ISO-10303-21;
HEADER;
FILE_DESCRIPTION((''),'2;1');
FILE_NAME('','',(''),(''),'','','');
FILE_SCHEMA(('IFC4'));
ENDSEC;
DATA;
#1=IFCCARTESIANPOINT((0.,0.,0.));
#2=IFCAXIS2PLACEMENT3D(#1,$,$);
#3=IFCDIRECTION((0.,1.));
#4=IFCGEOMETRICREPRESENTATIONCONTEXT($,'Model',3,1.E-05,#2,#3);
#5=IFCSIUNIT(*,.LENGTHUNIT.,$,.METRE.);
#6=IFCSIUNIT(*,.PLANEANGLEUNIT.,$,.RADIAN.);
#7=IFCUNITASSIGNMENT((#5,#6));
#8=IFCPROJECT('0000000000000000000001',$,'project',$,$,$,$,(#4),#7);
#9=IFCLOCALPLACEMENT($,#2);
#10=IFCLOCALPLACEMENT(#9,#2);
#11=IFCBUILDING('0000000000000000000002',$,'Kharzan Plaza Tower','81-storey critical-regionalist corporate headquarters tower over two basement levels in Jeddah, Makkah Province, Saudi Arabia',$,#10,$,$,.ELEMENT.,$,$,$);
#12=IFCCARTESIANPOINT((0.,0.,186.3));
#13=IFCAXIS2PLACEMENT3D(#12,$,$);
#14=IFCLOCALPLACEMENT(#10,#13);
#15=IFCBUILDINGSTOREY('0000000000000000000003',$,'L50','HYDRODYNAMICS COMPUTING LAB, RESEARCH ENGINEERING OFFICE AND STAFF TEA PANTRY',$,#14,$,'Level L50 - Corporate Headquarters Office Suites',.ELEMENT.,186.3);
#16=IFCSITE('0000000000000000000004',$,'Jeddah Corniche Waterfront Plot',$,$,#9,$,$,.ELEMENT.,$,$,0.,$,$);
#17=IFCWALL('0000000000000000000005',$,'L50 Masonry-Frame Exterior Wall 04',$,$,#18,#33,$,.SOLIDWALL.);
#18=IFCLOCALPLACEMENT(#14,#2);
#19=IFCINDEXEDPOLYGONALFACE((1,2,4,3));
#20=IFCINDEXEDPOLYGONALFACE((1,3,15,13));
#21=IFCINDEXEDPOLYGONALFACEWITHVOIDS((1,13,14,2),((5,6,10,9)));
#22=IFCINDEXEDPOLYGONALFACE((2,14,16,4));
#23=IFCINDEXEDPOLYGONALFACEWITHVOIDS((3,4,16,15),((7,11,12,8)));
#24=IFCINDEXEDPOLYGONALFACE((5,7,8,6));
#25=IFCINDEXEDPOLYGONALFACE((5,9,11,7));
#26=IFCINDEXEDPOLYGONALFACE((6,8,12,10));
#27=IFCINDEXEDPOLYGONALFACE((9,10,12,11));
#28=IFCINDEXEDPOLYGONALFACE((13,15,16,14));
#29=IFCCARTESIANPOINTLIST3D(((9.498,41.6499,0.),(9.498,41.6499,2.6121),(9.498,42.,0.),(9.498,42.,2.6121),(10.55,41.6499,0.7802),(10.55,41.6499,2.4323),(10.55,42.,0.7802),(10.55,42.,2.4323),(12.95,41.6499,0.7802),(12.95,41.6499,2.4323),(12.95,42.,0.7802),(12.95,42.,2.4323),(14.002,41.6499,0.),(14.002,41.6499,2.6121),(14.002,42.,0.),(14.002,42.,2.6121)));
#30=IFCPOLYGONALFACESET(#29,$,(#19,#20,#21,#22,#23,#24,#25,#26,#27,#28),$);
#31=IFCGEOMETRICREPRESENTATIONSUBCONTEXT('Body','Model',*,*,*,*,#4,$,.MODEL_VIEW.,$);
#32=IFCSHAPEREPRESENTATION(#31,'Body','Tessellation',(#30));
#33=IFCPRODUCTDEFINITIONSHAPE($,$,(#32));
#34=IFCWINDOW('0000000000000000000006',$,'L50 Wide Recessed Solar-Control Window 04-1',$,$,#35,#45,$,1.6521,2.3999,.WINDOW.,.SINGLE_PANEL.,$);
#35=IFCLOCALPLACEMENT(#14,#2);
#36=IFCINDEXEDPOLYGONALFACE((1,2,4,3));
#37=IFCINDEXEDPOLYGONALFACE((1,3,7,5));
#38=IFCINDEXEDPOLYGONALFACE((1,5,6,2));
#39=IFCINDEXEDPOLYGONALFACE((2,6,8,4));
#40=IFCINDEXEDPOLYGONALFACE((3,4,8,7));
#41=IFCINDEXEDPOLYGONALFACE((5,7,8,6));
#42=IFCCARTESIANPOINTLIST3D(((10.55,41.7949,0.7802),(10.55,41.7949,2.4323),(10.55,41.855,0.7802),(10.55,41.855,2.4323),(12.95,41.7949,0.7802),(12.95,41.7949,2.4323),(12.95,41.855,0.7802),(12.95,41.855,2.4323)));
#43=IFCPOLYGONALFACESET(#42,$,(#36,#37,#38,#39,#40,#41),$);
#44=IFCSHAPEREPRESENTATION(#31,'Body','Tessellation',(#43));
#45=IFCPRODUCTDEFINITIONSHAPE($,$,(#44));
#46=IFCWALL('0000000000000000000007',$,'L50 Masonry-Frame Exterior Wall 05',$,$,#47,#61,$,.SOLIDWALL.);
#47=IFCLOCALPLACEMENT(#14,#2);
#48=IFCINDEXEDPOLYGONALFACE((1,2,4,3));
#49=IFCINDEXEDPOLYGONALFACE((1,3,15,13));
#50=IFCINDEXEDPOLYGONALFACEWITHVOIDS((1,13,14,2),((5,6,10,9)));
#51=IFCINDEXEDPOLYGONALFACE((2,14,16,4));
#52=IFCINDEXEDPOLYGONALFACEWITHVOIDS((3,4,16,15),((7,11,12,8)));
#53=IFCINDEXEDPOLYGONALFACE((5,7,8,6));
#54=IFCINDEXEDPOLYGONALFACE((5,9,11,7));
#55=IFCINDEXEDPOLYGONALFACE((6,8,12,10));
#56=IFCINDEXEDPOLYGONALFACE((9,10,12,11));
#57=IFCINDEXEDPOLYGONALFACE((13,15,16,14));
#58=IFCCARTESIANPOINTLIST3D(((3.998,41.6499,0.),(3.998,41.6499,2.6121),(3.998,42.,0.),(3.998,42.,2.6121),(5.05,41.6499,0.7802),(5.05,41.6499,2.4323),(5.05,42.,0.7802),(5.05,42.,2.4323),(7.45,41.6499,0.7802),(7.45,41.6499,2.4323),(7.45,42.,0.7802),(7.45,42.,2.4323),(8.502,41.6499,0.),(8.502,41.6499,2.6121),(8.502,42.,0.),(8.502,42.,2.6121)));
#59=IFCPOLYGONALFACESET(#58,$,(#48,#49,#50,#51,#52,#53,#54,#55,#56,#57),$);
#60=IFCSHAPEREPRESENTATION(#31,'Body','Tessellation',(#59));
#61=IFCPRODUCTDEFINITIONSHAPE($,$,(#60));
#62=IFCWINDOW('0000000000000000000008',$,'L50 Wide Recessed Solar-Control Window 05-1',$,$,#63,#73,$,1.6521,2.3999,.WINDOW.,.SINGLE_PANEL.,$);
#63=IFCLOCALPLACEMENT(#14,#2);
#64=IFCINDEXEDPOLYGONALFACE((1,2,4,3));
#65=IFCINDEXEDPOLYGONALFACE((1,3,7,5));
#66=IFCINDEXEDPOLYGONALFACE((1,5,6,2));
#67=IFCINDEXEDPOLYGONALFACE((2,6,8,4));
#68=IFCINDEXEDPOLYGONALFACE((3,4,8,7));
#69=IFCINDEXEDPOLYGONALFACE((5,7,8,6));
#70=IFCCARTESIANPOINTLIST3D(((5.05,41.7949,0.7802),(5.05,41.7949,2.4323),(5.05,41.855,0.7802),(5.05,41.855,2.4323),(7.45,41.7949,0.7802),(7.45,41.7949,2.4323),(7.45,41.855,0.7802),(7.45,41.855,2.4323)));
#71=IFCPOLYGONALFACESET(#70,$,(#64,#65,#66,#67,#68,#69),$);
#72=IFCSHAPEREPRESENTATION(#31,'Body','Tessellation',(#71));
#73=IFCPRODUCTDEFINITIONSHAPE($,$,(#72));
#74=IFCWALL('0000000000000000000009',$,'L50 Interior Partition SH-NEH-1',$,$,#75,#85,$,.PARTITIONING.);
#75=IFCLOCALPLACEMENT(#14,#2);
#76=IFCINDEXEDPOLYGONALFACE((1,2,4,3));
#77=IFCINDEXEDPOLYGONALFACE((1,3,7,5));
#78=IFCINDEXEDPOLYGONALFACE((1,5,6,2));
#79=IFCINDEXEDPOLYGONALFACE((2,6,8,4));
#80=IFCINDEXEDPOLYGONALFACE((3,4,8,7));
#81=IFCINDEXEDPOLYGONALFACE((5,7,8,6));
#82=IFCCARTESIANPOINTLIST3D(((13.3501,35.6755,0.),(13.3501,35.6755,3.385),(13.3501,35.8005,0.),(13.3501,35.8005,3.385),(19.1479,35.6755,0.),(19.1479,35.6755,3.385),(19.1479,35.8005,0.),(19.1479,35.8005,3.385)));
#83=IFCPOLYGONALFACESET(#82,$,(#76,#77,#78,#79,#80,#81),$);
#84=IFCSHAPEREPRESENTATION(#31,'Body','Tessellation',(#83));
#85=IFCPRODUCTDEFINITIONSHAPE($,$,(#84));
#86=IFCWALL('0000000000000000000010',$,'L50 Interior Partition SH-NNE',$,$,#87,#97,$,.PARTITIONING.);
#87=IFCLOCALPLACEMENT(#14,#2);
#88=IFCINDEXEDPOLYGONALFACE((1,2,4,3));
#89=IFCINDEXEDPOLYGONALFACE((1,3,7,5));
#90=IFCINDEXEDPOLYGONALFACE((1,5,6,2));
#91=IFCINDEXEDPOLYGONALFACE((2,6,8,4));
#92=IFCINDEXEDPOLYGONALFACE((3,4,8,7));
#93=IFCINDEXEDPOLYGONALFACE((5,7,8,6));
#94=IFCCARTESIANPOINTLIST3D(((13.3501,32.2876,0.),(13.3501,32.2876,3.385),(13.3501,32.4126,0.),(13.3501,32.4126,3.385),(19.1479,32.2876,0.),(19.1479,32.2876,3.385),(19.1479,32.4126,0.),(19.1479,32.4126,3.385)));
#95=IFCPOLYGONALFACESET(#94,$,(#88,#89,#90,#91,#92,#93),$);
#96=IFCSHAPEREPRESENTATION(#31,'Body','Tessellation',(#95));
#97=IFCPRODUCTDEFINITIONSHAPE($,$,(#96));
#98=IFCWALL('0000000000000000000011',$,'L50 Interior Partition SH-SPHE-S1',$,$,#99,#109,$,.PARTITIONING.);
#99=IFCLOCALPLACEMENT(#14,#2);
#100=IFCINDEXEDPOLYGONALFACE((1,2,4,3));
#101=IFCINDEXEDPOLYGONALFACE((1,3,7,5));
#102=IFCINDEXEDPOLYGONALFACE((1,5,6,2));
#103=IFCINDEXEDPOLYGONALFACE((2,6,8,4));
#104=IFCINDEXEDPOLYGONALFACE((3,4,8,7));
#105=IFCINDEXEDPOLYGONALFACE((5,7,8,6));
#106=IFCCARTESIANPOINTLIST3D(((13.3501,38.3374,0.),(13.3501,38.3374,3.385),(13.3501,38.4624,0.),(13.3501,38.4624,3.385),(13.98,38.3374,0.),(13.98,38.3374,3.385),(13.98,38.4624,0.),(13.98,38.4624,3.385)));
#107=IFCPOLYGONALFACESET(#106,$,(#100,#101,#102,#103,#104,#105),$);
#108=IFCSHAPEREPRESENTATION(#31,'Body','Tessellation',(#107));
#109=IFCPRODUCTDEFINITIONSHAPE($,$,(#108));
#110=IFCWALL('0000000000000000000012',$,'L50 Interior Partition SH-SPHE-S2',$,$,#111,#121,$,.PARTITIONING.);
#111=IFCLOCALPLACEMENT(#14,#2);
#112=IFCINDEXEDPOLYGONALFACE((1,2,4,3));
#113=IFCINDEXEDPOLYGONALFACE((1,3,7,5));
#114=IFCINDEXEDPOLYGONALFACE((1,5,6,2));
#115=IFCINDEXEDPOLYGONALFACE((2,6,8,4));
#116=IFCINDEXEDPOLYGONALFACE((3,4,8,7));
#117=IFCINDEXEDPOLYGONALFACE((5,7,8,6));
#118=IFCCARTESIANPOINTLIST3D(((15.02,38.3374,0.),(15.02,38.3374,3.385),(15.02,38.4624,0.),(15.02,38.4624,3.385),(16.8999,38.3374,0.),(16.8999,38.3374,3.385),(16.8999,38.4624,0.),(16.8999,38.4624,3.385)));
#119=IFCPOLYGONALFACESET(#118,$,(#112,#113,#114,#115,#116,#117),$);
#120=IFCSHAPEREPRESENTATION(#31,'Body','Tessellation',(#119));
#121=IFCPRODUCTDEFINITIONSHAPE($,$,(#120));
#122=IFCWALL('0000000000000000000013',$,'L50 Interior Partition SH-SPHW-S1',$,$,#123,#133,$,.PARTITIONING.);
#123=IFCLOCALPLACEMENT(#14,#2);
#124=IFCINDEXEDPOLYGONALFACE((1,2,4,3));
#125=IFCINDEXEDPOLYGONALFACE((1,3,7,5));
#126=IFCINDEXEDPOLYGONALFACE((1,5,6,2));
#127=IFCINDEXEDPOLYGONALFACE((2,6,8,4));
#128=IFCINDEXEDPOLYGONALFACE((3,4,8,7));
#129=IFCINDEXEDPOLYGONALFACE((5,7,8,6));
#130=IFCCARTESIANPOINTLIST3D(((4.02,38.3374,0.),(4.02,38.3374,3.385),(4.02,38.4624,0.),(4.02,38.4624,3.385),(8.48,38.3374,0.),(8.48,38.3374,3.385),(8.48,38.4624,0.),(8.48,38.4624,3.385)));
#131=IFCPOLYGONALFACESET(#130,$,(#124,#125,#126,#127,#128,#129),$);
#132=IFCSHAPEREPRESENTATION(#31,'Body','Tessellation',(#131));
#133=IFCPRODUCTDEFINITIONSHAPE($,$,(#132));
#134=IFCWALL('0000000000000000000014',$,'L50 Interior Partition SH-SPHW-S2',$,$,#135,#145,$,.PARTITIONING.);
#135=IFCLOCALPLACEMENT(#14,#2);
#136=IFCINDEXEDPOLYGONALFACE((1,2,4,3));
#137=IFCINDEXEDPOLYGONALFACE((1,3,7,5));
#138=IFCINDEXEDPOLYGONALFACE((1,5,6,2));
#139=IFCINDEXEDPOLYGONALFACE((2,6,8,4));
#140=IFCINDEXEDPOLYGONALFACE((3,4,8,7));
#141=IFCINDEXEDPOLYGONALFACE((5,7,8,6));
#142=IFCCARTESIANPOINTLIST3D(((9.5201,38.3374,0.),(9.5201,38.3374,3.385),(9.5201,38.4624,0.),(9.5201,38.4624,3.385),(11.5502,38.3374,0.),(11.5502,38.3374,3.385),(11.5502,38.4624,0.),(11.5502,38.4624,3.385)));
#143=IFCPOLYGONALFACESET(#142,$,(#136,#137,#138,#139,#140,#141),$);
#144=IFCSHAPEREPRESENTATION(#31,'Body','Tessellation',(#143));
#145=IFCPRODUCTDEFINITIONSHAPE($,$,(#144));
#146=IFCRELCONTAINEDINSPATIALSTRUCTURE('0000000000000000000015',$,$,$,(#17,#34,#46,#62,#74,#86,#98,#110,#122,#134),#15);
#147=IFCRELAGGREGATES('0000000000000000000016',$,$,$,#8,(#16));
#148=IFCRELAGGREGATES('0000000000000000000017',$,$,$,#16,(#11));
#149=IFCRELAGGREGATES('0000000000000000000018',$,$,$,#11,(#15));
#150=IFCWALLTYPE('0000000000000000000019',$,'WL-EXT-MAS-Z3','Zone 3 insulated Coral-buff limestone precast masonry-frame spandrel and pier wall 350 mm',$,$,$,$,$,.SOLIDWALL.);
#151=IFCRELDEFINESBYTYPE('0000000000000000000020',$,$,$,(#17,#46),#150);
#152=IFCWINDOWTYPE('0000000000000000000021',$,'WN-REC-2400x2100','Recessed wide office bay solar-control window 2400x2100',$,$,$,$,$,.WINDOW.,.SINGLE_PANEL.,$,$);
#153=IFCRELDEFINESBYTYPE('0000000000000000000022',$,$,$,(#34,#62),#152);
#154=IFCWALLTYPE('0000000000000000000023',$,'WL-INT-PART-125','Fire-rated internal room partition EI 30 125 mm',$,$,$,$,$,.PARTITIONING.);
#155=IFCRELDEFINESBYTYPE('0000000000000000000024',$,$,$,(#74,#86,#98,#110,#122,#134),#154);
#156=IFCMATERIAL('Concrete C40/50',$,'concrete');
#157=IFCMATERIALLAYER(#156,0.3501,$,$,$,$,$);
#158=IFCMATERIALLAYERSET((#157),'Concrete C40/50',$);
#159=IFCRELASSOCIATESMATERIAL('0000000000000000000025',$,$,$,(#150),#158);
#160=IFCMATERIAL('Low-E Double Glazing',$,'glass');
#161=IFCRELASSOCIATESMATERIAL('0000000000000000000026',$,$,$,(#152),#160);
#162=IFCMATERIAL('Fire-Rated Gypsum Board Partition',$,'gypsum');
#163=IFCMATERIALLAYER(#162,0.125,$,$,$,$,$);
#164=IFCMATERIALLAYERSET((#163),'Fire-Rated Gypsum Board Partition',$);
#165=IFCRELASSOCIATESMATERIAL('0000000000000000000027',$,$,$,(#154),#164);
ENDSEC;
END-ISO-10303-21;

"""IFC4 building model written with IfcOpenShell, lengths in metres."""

from ifc_helpers import new_model, si_unit, direction, frame, frame_2d, origin, place, context, subcontext, project, spatial, rectangle, extrude, source, transform, mapped, material, layer, layer_set, type_object, element, fill, save


model = new_model("IFC4")

# Units and contexts
model_context = context("Model", 3, precision=1e-05, world=origin(), true_north=direction((0.0, 1.0)))
body_context = subcontext(model_context, "Body", "Model", "MODEL_VIEW")
ifc_project = project(units=[si_unit("LENGTHUNIT", "METRE"), si_unit("PLANEANGLEUNIT", "RADIAN")], contexts=[model_context])

# Site, building, storey
site_placement = place(None, origin())
site = spatial("IfcSite", under=ifc_project, at=site_placement, Name="Jeddah Corniche Waterfront Plot", CompositionType="ELEMENT", RefElevation=0.0)
building_placement = place(site_placement, origin())
building = spatial("IfcBuilding", under=site, at=building_placement, Name="Kharzan Plaza Tower", Description="81-storey critical-regionalist corporate headquarters tower over two basement levels in Jeddah, Makkah Province, Saudi Arabia", CompositionType="ELEMENT")
storey_placement = place(building_placement, frame((0.0, 0.0, 186.3)))
storey = spatial("IfcBuildingStorey", under=building, at=storey_placement, Name="L50", Description="HYDRODYNAMICS COMPUTING LAB, RESEARCH ENGINEERING OFFICE AND STAFF TEA PANTRY", LongName="Level L50 - Corporate Headquarters Office Suites", CompositionType="ELEMENT", Elevation=186.3)

# Walls, openings, windows
ifc_material_1 = material(Name="Concrete C40/50", Category="concrete")
ifc_layer_1 = layer(ifc_material_1, 0.3501)
ifc_layer_set_1 = layer_set([ifc_layer_1], Name="Concrete C40/50")
wall_type_1 = type_object("IfcWallType", Name="WL-EXT-MAS-Z3", Description="Zone 3 insulated Coral-buff limestone precast masonry-frame spandrel and pier wall 350 mm", PredefinedType="SOLIDWALL", material=ifc_layer_set_1)
wall_1_placement = place(storey_placement, frame((14.002, 41.825, 0.0), z_axis=(0.0, 0.0, 1.0), x_axis=(-1.0, 0.0, 0.0)))
wall_1 = element("IfcWall", 1, at=wall_1_placement, inside=storey, type_object=wall_type_1, Name="L50 Masonry-Frame Exterior Wall 04", PredefinedType="SOLIDWALL", context=body_context, shape_type="SweptSolid", body=[
    extrude(rectangle(XDim=4.5039, YDim=0.3501, at=frame_2d((2.252, 0.0))), origin(), (0.0, 0.0, 1.0), 2.6121),
])
opening_1_placement = place(wall_1_placement, frame((1.052, 0.0, 0.78)))
opening_1 = element("IfcOpeningElement", 2, at=opening_1_placement, cuts=wall_1, PredefinedType="OPENING", context=body_context, shape_type="SweptSolid", body=[
    extrude(rectangle(XDim=2.3999, YDim=1.6521, at=frame_2d((1.2, 0.8262))), frame((0.0, 0.1851, 0.0), z_axis=(0.0, -1.0, 0.0), x_axis=(1.0, 0.0, 0.0)), (0.0, 0.0, 1.0), 0.3701),
])
ifc_material_2 = material(Name="Low-E Double Glazing", Category="glass")
window_type = type_object("IfcWindowType", Name="WN-REC-2400x2100", Description="Recessed wide office bay solar-control window 2400x2100", PartitioningType="SINGLE_PANEL", PredefinedType="WINDOW", material=ifc_material_2)
shared_shape_1 = source(origin(), body_context, "Body", "SweptSolid", [
    extrude(rectangle(XDim=2.3999, YDim=1.6521, at=frame_2d((1.2, 0.8262))), frame((0.0, 0.03, 0.0), z_axis=(0.0, -1.0, 0.0), x_axis=(1.0, 0.0, 0.0)), (0.0, 0.0, 1.0), 0.0601),
])
window_1_placement = place(opening_1_placement, origin())
window_1 = element("IfcWindow", 3, at=window_1_placement, inside=storey, type_object=window_type, Name="L50 Wide Recessed Solar-Control Window 04-1", OverallHeight=1.6521, OverallWidth=2.3999, PartitioningType="SINGLE_PANEL", PredefinedType="WINDOW", context=body_context, shape_type="MappedRepresentation", body=[
    mapped(shared_shape_1, transform((0.0, 0.0, 0.0), x_axis=(1.0, 0.0, 0.0), y_axis=(0.0, 1.0, 0.0), z_axis=(0.0, 0.0, 1.0))),
])
fill(opening_1, window_1)
wall_2_placement = place(storey_placement, frame((8.502, 41.825, 0.0), z_axis=(0.0, 0.0, 1.0), x_axis=(-1.0, 0.0, 0.0)))
wall_2 = element("IfcWall", 4, at=wall_2_placement, inside=storey, type_object=wall_type_1, Name="L50 Masonry-Frame Exterior Wall 05", PredefinedType="SOLIDWALL", context=body_context, shape_type="SweptSolid", body=[
    extrude(rectangle(XDim=4.5039, YDim=0.3501, at=frame_2d((2.252, 0.0))), origin(), (0.0, 0.0, 1.0), 2.6121),
])
opening_2_placement = place(wall_2_placement, frame((1.052, 0.0, 0.78)))
opening_2 = element("IfcOpeningElement", 5, at=opening_2_placement, cuts=wall_2, PredefinedType="OPENING", context=body_context, shape_type="SweptSolid", body=[
    extrude(rectangle(XDim=2.3999, YDim=1.6521, at=frame_2d((1.2, 0.8262))), frame((0.0, 0.1851, 0.0), z_axis=(0.0, -1.0, 0.0), x_axis=(1.0, 0.0, 0.0)), (0.0, 0.0, 1.0), 0.3701),
])
window_2_placement = place(opening_2_placement, origin())
window_2 = element("IfcWindow", 6, at=window_2_placement, inside=storey, type_object=window_type, Name="L50 Wide Recessed Solar-Control Window 05-1", OverallHeight=1.6521, OverallWidth=2.3999, PartitioningType="SINGLE_PANEL", PredefinedType="WINDOW", context=body_context, shape_type="MappedRepresentation", body=[
    mapped(shared_shape_1, transform((0.0, 0.0, 0.0), x_axis=(1.0, 0.0, 0.0), y_axis=(0.0, 1.0, 0.0), z_axis=(0.0, 0.0, 1.0))),
])
fill(opening_2, window_2)

# Shared definitions
ifc_material_3 = material(Name="Fire-Rated Gypsum Board Partition", Category="gypsum")
ifc_layer_2 = layer(ifc_material_3, 0.125)
ifc_layer_set_2 = layer_set([ifc_layer_2], Name="Fire-Rated Gypsum Board Partition")
wall_type_2 = type_object("IfcWallType", Name="WL-INT-PART-125", Description="Fire-rated internal room partition EI 30 125 mm", PredefinedType="PARTITIONING", material=ifc_layer_set_2)

# Walls
shared_shape_2 = source(origin(), body_context, "Body", "SweptSolid", [
    extrude(rectangle(XDim=5.7979, YDim=0.125, at=frame_2d((2.8989, 0.0))), origin(), (0.0, 0.0, 1.0), 3.385),
])
for number, where, z_axis, x_axis, name in (
    (7, (13.3501, 35.738, 0.0), (0.0, 0.0, 1.0), (1.0, 0.0, 0.0), "L50 Interior Partition SH-NEH-1"),
    (8, (13.3501, 32.3501, 0.0), (0.0, 0.0, 1.0), (1.0, 0.0, 0.0), "L50 Interior Partition SH-NNE"),
):
    element("IfcWall", number, at=place(storey_placement, frame(where, z_axis=z_axis, x_axis=x_axis)), inside=storey, type_object=wall_type_2, Name=name, PredefinedType="PARTITIONING", context=body_context, shape_type="MappedRepresentation", body=[
        mapped(shared_shape_2, transform((0.0, 0.0, 0.0), x_axis=(1.0, 0.0, 0.0), y_axis=(0.0, 1.0, 0.0), z_axis=(0.0, 0.0, 1.0))),
    ])
shared_shape_3 = source(origin(), body_context, "Body", "SweptSolid", [
    extrude(rectangle(XDim=0.6299, YDim=0.125, at=frame_2d((0.3149, 0.0))), origin(), (0.0, 0.0, 1.0), 3.385),
])
wall_3_placement = place(storey_placement, frame((13.3501, 38.3999, 0.0), z_axis=(0.0, 0.0, 1.0), x_axis=(1.0, 0.0, 0.0)))
element("IfcWall", 9, at=wall_3_placement, inside=storey, type_object=wall_type_2, Name="L50 Interior Partition SH-SPHE-S1", PredefinedType="PARTITIONING", context=body_context, shape_type="MappedRepresentation", body=[
    mapped(shared_shape_3, transform((0.0, 0.0, 0.0), x_axis=(1.0, 0.0, 0.0), y_axis=(0.0, 1.0, 0.0), z_axis=(0.0, 0.0, 1.0))),
])
shared_shape_4 = source(origin(), body_context, "Body", "SweptSolid", [
    extrude(rectangle(XDim=1.8799, YDim=0.125, at=frame_2d((0.9399, 0.0))), origin(), (0.0, 0.0, 1.0), 3.385),
])
wall_4_placement = place(storey_placement, frame((15.02, 38.3999, 0.0), z_axis=(0.0, 0.0, 1.0), x_axis=(1.0, 0.0, 0.0)))
element("IfcWall", 10, at=wall_4_placement, inside=storey, type_object=wall_type_2, Name="L50 Interior Partition SH-SPHE-S2", PredefinedType="PARTITIONING", context=body_context, shape_type="MappedRepresentation", body=[
    mapped(shared_shape_4, transform((0.0, 0.0, 0.0), x_axis=(1.0, 0.0, 0.0), y_axis=(0.0, 1.0, 0.0), z_axis=(0.0, 0.0, 1.0))),
])
shared_shape_5 = source(origin(), body_context, "Body", "SweptSolid", [
    extrude(rectangle(XDim=4.46, YDim=0.125, at=frame_2d((2.23, 0.0))), origin(), (0.0, 0.0, 1.0), 3.385),
])
wall_5_placement = place(storey_placement, frame((4.02, 38.3999, 0.0), z_axis=(0.0, 0.0, 1.0), x_axis=(1.0, 0.0, 0.0)))
element("IfcWall", 11, at=wall_5_placement, inside=storey, type_object=wall_type_2, Name="L50 Interior Partition SH-SPHW-S1", PredefinedType="PARTITIONING", context=body_context, shape_type="MappedRepresentation", body=[
    mapped(shared_shape_5, transform((0.0, 0.0, 0.0), x_axis=(1.0, 0.0, 0.0), y_axis=(0.0, 1.0, 0.0), z_axis=(0.0, 0.0, 1.0))),
])
shared_shape_6 = source(origin(), body_context, "Body", "SweptSolid", [
    extrude(rectangle(XDim=2.03, YDim=0.125, at=frame_2d((1.0151, 0.0))), origin(), (0.0, 0.0, 1.0), 3.385),
])
wall_6_placement = place(storey_placement, frame((9.52, 38.3999, 0.0), z_axis=(0.0, 0.0, 1.0), x_axis=(1.0, 0.0, 0.0)))
element("IfcWall", 12, at=wall_6_placement, inside=storey, type_object=wall_type_2, Name="L50 Interior Partition SH-SPHW-S2", PredefinedType="PARTITIONING", context=body_context, shape_type="MappedRepresentation", body=[
    mapped(shared_shape_6, transform((0.0, 0.0, 0.0), x_axis=(1.0, 0.0, 0.0), y_axis=(0.0, 1.0, 0.0), z_axis=(0.0, 0.0, 1.0))),
])

save(model, "model.ifc")
